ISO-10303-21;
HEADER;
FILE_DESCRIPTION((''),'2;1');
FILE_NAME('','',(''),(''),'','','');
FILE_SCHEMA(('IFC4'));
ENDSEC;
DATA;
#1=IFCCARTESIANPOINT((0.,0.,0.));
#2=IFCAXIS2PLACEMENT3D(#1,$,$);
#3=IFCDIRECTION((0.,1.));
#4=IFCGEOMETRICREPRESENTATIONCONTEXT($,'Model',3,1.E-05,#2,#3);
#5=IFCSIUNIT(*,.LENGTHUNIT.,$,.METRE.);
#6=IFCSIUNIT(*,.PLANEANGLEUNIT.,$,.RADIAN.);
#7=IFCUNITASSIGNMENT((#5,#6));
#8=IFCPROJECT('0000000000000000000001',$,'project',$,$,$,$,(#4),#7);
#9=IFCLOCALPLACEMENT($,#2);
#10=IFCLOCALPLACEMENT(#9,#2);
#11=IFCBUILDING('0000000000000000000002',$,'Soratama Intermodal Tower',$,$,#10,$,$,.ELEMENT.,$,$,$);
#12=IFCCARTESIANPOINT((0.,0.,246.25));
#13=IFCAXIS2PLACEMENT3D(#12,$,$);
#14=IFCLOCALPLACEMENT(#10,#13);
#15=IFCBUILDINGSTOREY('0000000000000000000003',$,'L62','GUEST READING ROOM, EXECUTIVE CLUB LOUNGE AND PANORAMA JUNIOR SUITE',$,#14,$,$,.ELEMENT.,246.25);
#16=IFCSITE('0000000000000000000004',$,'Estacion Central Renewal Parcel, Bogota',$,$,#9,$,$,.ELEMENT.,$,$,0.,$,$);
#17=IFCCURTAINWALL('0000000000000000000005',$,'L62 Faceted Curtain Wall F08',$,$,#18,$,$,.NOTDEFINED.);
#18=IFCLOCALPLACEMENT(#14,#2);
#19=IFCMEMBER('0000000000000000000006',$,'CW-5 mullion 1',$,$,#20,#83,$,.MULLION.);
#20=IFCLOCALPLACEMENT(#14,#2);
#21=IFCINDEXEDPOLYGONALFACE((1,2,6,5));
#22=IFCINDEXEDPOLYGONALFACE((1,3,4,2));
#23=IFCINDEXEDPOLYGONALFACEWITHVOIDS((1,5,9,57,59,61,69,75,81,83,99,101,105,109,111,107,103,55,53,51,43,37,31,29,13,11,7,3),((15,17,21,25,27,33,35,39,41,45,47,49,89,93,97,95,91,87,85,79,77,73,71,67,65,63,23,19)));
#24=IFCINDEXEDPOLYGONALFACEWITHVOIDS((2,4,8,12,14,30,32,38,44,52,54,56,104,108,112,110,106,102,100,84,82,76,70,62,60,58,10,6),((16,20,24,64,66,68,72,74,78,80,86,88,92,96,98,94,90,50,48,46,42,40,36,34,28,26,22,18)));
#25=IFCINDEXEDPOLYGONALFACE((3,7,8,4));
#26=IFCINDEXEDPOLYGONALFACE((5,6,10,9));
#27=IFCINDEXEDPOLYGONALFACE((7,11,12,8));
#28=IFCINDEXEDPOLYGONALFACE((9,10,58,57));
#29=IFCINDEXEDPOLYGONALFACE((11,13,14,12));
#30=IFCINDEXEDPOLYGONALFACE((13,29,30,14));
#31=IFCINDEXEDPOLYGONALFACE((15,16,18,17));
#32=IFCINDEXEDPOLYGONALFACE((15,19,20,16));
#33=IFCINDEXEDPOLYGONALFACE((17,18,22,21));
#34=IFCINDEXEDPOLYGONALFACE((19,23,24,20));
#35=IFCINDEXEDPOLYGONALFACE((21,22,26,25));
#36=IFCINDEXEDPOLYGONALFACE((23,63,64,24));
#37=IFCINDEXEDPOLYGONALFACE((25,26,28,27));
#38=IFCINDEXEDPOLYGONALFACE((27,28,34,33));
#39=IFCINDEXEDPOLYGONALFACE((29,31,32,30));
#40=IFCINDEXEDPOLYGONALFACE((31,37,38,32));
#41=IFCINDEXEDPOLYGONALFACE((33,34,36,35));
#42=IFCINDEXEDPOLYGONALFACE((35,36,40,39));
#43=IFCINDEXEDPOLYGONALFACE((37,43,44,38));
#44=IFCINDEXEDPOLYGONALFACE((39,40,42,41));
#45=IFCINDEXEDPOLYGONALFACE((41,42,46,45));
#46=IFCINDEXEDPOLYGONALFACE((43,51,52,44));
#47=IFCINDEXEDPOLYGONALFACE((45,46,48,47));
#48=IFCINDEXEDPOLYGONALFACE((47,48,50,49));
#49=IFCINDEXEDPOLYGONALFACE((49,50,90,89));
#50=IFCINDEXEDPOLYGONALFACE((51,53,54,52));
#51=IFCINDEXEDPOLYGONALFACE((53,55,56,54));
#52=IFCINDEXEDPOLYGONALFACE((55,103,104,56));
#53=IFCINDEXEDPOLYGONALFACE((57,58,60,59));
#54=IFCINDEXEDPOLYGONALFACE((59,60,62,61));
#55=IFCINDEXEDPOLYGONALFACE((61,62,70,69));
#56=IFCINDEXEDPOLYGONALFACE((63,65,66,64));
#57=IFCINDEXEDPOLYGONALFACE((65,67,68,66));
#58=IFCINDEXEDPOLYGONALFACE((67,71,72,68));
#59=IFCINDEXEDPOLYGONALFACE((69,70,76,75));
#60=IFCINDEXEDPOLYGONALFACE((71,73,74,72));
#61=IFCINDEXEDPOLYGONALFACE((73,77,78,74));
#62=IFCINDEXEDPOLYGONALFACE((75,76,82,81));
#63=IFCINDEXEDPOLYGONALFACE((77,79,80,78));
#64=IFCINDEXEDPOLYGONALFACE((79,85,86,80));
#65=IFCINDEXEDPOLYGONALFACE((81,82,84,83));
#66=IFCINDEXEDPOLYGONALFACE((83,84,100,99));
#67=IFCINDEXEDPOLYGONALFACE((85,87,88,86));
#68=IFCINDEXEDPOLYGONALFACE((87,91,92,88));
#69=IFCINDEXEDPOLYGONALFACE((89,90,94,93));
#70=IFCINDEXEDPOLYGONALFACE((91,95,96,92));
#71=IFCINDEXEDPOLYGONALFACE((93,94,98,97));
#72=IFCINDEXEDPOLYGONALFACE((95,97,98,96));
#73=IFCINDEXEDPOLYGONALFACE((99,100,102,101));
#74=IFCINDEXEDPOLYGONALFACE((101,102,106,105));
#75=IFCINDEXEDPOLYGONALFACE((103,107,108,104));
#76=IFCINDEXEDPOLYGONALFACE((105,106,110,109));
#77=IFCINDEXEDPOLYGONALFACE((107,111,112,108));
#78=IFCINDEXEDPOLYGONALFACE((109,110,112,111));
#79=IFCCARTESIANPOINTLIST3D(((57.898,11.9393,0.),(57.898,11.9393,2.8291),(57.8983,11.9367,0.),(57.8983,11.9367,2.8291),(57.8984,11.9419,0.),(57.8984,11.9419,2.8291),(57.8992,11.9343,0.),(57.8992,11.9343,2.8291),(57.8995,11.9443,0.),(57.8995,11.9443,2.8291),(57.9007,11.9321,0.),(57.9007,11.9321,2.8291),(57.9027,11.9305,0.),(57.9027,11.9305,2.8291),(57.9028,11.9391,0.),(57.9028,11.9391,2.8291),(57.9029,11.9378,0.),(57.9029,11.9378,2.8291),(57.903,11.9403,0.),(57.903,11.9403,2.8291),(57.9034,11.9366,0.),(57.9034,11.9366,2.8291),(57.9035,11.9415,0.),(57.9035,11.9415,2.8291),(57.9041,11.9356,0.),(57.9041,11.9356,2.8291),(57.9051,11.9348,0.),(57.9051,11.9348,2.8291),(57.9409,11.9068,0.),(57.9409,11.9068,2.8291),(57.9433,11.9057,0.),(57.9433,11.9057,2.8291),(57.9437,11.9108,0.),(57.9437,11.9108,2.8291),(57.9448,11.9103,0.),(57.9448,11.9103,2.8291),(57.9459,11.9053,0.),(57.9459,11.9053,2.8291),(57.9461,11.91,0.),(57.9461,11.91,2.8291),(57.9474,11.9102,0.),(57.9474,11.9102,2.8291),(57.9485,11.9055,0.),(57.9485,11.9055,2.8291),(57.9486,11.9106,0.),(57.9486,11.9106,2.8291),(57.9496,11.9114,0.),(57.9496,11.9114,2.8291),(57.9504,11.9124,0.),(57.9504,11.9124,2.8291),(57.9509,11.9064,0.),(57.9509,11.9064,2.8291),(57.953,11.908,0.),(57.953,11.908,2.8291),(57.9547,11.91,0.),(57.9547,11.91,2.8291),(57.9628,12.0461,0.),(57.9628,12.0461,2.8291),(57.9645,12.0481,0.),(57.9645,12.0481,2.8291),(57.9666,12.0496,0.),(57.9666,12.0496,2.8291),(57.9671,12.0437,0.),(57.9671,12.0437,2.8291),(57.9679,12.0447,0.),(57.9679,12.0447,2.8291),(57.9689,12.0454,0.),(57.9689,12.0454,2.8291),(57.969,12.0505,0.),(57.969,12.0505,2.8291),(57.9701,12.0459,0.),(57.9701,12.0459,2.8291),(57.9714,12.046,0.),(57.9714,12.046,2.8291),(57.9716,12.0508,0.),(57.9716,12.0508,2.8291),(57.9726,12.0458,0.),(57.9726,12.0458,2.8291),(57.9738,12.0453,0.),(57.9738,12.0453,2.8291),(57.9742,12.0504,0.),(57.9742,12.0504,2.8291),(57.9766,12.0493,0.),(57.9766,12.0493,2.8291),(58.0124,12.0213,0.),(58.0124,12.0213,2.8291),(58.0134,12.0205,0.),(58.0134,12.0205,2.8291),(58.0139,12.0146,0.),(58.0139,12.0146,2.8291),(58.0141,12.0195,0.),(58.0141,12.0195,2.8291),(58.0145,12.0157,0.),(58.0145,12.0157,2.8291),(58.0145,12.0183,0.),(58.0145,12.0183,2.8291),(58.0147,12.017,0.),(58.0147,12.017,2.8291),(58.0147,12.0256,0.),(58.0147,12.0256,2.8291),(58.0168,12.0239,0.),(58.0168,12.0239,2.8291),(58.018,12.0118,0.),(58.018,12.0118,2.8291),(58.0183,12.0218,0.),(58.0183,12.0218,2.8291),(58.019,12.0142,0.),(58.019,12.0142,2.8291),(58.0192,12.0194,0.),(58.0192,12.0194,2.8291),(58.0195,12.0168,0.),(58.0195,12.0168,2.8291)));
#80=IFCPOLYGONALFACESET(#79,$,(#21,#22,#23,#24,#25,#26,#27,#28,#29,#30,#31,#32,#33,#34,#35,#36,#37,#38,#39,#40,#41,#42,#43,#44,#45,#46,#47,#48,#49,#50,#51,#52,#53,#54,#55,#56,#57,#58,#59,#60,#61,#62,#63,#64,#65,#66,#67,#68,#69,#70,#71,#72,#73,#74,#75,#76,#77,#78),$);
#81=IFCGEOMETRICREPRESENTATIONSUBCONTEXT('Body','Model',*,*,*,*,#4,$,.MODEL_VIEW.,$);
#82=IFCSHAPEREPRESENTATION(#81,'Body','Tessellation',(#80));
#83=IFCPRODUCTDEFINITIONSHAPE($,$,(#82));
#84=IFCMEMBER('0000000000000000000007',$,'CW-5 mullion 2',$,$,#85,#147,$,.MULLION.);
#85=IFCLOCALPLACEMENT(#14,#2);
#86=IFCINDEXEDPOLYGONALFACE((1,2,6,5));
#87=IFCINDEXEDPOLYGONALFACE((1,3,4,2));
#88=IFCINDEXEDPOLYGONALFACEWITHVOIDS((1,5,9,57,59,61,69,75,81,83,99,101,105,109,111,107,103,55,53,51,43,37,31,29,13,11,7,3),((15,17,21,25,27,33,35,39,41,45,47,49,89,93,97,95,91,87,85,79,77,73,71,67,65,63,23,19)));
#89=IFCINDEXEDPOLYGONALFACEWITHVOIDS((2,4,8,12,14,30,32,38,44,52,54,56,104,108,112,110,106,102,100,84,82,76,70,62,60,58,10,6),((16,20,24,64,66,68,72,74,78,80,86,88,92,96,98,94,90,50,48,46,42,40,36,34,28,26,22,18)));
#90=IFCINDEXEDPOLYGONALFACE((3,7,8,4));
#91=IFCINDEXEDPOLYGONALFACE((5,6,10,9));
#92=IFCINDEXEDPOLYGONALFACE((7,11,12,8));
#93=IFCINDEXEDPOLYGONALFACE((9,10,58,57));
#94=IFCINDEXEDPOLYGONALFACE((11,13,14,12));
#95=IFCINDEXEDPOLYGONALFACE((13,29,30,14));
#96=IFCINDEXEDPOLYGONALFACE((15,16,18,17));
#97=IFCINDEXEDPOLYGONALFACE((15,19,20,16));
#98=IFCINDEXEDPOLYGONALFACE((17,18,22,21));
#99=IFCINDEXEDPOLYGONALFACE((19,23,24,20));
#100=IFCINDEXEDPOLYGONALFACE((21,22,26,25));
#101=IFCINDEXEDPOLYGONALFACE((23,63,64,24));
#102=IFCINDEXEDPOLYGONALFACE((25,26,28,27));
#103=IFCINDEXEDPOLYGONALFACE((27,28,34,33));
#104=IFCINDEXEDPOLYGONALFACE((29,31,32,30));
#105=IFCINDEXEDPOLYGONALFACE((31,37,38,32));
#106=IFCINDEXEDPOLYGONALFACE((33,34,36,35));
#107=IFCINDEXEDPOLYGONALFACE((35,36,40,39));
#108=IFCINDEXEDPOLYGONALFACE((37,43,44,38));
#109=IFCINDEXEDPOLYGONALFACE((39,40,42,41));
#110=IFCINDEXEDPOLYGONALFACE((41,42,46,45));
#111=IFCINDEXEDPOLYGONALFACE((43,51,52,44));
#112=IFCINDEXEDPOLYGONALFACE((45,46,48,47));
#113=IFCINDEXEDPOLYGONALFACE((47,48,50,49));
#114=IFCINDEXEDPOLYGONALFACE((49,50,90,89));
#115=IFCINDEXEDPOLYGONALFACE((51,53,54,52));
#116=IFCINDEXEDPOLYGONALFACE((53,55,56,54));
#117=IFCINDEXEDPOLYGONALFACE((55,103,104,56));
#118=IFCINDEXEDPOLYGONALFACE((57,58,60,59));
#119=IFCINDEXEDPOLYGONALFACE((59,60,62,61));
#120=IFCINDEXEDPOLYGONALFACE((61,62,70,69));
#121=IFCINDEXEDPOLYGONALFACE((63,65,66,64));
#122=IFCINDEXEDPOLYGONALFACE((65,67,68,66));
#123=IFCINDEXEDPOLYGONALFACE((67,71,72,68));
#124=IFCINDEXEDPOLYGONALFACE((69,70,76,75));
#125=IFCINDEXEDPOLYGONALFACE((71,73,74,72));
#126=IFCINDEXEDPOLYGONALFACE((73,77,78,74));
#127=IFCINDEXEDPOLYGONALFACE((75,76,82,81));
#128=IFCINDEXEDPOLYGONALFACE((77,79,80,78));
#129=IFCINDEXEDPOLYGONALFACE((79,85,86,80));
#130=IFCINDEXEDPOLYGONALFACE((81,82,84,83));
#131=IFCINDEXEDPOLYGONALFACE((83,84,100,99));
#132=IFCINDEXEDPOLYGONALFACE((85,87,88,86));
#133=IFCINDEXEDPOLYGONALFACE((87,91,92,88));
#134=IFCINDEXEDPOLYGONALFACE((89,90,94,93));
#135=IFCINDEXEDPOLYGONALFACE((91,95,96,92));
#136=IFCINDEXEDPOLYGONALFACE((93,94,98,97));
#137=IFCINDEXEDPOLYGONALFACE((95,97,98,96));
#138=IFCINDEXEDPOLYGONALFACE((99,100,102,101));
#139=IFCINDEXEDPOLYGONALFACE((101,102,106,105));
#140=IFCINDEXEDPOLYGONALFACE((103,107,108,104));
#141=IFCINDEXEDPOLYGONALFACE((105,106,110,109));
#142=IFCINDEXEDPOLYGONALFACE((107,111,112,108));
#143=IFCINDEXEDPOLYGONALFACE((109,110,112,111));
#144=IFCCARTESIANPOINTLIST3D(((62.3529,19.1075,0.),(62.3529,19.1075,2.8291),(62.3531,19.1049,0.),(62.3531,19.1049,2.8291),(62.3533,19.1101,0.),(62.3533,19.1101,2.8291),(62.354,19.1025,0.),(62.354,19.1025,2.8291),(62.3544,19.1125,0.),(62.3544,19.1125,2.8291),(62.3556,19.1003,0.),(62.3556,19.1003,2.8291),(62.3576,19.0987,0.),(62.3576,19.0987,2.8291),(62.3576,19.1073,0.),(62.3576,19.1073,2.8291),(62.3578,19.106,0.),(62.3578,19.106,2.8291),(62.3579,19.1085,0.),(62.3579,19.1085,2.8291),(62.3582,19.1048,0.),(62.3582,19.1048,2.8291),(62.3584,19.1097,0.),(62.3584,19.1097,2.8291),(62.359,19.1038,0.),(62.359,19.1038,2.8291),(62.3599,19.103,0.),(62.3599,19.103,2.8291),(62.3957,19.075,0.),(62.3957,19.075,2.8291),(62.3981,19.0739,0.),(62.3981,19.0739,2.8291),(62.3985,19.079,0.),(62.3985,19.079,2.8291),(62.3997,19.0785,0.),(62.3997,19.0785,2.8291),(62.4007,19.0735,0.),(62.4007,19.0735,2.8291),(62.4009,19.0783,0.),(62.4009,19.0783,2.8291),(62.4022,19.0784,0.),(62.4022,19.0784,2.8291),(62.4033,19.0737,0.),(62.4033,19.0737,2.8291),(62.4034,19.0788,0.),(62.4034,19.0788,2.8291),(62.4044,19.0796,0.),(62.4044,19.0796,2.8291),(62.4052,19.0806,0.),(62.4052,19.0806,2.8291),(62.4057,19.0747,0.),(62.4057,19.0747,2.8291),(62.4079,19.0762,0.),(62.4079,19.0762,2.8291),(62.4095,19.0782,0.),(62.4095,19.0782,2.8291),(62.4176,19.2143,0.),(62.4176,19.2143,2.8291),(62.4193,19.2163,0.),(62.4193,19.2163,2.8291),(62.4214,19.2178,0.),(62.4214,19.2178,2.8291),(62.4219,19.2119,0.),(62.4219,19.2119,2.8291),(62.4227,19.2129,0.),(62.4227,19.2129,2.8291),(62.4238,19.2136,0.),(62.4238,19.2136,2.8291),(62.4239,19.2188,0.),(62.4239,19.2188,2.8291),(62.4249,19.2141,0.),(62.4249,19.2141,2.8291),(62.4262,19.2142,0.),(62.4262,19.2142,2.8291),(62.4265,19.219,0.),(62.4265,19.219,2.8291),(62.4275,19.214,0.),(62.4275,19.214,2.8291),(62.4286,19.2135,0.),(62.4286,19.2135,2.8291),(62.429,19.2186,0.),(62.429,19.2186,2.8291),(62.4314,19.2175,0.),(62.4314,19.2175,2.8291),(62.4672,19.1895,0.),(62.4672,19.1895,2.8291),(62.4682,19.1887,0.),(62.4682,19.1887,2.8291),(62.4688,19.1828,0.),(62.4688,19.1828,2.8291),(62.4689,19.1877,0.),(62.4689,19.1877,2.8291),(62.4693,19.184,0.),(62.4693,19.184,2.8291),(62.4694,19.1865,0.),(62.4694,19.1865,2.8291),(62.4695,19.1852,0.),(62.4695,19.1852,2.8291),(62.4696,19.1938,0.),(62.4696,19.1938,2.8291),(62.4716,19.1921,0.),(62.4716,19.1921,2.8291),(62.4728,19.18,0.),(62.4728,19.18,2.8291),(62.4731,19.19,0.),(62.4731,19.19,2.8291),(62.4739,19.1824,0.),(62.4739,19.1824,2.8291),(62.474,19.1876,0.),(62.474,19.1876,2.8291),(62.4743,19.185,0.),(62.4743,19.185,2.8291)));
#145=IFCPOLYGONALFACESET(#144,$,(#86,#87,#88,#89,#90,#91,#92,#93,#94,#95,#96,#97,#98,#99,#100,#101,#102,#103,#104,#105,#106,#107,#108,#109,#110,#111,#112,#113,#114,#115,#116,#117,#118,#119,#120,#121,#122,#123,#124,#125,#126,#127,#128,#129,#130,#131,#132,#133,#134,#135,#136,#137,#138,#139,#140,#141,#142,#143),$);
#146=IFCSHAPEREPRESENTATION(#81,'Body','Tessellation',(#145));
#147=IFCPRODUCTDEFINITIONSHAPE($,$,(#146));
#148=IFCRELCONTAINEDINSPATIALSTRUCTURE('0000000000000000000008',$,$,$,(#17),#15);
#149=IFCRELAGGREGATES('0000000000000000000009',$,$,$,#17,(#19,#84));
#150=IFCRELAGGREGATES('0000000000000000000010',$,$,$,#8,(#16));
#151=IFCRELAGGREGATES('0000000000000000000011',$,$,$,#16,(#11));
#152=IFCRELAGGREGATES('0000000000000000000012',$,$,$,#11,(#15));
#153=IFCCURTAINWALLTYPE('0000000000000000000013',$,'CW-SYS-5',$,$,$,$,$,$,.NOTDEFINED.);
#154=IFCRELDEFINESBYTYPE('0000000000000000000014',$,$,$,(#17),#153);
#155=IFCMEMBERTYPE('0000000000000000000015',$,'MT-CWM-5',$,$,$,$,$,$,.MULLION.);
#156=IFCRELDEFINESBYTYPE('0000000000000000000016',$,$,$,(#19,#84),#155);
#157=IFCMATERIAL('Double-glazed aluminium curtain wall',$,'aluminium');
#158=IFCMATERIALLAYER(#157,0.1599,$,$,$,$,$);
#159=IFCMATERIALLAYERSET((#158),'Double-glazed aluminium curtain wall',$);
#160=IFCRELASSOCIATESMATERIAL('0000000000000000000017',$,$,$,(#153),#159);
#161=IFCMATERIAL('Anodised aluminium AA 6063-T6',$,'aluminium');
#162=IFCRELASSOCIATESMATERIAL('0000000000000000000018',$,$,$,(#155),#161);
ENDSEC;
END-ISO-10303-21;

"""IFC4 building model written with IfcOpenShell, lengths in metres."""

from ifc_helpers import new_model, si_unit, direction, frame, origin, origin_2d, place, context, subcontext, project, spatial, hollow_rectangle, extrude, material, layer, layer_set, material_profile, profile_set, type_object, element, aggregate, save


model = new_model("IFC4")

# Units and contexts
model_context = context("Model", 3, precision=1e-05, world=origin(), true_north=direction((0.0, 1.0)))
body_context = subcontext(model_context, "Body", "Model", "MODEL_VIEW")
ifc_project = project(units=[si_unit("LENGTHUNIT", "METRE"), si_unit("PLANEANGLEUNIT", "RADIAN")], contexts=[model_context])

# Site, building, storey
site_placement = place(None, origin())
site = spatial("IfcSite", under=ifc_project, at=site_placement, Name="Estacion Central Renewal Parcel, Bogota", CompositionType="ELEMENT", RefElevation=0.0)
building_placement = place(site_placement, origin())
building = spatial("IfcBuilding", under=site, at=building_placement, Name="Soratama Intermodal Tower", CompositionType="ELEMENT")
storey_placement = place(building_placement, frame((0.0, 0.0, 246.25)))
storey = spatial("IfcBuildingStorey", under=building, at=storey_placement, Name="L62", Description="GUEST READING ROOM, EXECUTIVE CLUB LOUNGE AND PANORAMA JUNIOR SUITE", CompositionType="ELEMENT", Elevation=246.25)

# Curtain wall, members
ifc_material_1 = material(Name="Double-glazed aluminium curtain wall", Category="aluminium")
ifc_layer_1 = layer(ifc_material_1, 0.1599)
ifc_layer_set_1 = layer_set([ifc_layer_1], Name="Double-glazed aluminium curtain wall")
curtain_wall_type = type_object("IfcCurtainWallType", Name="CW-SYS-5", PredefinedType="NOTDEFINED", material=ifc_layer_set_1)
curtain_wall_placement = place(storey_placement, origin())
curtain_wall = element("IfcCurtainWall", 1, at=curtain_wall_placement, inside=storey, type_object=curtain_wall_type, Name="L62 Faceted Curtain Wall F08", PredefinedType="NOTDEFINED")
ifc_material_2 = material(Name="Anodised aluminium AA 6063-T6", Category="aluminium")
ifc_material_profile_1 = material_profile(ifc_material_2, hollow_rectangle(XDim=0.0649, YDim=0.1399, WallThickness=0.0049, InnerFilletRadius=0.0049, OuterFilletRadius=0.01, at=origin_2d()), Name="CWM140X65X5")
ifc_profile_set_1 = profile_set([ifc_material_profile_1], Name="Anodised aluminium AA 6063-T6")
member_type_1 = type_object("IfcMemberType", Name="MT-CWM-5", PredefinedType="MULLION", material=ifc_profile_set_1)
member_1_placement = place(storey_placement, frame((57.9587, 11.978, 0.0), z_axis=(0.0, 0.0, 1.0), x_axis=(-0.849339, 0.527848, 0.0)))
member_1 = element("IfcMember", 2, at=member_1_placement, type_object=member_type_1, Name="CW-5 mullion 1", PredefinedType="MULLION", context=body_context, shape_type="SweptSolid", body=[
    extrude(hollow_rectangle(XDim=0.0649, YDim=0.1399, WallThickness=0.0049, InnerFilletRadius=0.0049, OuterFilletRadius=0.01, at=origin_2d()), origin(), (0.0, 0.0, 1.0), 2.8291),
])
member_2_placement = place(storey_placement, frame((62.4136, 19.1462, 0.0), z_axis=(0.0, 0.0, 1.0), x_axis=(-0.849339, 0.527848, 0.0)))
member_2 = element("IfcMember", 3, at=member_2_placement, type_object=member_type_1, Name="CW-5 mullion 2", PredefinedType="MULLION", context=body_context, shape_type="SweptSolid", body=[
    extrude(hollow_rectangle(XDim=0.0649, YDim=0.1399, WallThickness=0.0049, InnerFilletRadius=0.0049, OuterFilletRadius=0.01, at=origin_2d()), origin(), (0.0, 0.0, 1.0), 2.8291),
])
aggregate(curtain_wall, [member_1, member_2])

save(model, "model.ifc")
